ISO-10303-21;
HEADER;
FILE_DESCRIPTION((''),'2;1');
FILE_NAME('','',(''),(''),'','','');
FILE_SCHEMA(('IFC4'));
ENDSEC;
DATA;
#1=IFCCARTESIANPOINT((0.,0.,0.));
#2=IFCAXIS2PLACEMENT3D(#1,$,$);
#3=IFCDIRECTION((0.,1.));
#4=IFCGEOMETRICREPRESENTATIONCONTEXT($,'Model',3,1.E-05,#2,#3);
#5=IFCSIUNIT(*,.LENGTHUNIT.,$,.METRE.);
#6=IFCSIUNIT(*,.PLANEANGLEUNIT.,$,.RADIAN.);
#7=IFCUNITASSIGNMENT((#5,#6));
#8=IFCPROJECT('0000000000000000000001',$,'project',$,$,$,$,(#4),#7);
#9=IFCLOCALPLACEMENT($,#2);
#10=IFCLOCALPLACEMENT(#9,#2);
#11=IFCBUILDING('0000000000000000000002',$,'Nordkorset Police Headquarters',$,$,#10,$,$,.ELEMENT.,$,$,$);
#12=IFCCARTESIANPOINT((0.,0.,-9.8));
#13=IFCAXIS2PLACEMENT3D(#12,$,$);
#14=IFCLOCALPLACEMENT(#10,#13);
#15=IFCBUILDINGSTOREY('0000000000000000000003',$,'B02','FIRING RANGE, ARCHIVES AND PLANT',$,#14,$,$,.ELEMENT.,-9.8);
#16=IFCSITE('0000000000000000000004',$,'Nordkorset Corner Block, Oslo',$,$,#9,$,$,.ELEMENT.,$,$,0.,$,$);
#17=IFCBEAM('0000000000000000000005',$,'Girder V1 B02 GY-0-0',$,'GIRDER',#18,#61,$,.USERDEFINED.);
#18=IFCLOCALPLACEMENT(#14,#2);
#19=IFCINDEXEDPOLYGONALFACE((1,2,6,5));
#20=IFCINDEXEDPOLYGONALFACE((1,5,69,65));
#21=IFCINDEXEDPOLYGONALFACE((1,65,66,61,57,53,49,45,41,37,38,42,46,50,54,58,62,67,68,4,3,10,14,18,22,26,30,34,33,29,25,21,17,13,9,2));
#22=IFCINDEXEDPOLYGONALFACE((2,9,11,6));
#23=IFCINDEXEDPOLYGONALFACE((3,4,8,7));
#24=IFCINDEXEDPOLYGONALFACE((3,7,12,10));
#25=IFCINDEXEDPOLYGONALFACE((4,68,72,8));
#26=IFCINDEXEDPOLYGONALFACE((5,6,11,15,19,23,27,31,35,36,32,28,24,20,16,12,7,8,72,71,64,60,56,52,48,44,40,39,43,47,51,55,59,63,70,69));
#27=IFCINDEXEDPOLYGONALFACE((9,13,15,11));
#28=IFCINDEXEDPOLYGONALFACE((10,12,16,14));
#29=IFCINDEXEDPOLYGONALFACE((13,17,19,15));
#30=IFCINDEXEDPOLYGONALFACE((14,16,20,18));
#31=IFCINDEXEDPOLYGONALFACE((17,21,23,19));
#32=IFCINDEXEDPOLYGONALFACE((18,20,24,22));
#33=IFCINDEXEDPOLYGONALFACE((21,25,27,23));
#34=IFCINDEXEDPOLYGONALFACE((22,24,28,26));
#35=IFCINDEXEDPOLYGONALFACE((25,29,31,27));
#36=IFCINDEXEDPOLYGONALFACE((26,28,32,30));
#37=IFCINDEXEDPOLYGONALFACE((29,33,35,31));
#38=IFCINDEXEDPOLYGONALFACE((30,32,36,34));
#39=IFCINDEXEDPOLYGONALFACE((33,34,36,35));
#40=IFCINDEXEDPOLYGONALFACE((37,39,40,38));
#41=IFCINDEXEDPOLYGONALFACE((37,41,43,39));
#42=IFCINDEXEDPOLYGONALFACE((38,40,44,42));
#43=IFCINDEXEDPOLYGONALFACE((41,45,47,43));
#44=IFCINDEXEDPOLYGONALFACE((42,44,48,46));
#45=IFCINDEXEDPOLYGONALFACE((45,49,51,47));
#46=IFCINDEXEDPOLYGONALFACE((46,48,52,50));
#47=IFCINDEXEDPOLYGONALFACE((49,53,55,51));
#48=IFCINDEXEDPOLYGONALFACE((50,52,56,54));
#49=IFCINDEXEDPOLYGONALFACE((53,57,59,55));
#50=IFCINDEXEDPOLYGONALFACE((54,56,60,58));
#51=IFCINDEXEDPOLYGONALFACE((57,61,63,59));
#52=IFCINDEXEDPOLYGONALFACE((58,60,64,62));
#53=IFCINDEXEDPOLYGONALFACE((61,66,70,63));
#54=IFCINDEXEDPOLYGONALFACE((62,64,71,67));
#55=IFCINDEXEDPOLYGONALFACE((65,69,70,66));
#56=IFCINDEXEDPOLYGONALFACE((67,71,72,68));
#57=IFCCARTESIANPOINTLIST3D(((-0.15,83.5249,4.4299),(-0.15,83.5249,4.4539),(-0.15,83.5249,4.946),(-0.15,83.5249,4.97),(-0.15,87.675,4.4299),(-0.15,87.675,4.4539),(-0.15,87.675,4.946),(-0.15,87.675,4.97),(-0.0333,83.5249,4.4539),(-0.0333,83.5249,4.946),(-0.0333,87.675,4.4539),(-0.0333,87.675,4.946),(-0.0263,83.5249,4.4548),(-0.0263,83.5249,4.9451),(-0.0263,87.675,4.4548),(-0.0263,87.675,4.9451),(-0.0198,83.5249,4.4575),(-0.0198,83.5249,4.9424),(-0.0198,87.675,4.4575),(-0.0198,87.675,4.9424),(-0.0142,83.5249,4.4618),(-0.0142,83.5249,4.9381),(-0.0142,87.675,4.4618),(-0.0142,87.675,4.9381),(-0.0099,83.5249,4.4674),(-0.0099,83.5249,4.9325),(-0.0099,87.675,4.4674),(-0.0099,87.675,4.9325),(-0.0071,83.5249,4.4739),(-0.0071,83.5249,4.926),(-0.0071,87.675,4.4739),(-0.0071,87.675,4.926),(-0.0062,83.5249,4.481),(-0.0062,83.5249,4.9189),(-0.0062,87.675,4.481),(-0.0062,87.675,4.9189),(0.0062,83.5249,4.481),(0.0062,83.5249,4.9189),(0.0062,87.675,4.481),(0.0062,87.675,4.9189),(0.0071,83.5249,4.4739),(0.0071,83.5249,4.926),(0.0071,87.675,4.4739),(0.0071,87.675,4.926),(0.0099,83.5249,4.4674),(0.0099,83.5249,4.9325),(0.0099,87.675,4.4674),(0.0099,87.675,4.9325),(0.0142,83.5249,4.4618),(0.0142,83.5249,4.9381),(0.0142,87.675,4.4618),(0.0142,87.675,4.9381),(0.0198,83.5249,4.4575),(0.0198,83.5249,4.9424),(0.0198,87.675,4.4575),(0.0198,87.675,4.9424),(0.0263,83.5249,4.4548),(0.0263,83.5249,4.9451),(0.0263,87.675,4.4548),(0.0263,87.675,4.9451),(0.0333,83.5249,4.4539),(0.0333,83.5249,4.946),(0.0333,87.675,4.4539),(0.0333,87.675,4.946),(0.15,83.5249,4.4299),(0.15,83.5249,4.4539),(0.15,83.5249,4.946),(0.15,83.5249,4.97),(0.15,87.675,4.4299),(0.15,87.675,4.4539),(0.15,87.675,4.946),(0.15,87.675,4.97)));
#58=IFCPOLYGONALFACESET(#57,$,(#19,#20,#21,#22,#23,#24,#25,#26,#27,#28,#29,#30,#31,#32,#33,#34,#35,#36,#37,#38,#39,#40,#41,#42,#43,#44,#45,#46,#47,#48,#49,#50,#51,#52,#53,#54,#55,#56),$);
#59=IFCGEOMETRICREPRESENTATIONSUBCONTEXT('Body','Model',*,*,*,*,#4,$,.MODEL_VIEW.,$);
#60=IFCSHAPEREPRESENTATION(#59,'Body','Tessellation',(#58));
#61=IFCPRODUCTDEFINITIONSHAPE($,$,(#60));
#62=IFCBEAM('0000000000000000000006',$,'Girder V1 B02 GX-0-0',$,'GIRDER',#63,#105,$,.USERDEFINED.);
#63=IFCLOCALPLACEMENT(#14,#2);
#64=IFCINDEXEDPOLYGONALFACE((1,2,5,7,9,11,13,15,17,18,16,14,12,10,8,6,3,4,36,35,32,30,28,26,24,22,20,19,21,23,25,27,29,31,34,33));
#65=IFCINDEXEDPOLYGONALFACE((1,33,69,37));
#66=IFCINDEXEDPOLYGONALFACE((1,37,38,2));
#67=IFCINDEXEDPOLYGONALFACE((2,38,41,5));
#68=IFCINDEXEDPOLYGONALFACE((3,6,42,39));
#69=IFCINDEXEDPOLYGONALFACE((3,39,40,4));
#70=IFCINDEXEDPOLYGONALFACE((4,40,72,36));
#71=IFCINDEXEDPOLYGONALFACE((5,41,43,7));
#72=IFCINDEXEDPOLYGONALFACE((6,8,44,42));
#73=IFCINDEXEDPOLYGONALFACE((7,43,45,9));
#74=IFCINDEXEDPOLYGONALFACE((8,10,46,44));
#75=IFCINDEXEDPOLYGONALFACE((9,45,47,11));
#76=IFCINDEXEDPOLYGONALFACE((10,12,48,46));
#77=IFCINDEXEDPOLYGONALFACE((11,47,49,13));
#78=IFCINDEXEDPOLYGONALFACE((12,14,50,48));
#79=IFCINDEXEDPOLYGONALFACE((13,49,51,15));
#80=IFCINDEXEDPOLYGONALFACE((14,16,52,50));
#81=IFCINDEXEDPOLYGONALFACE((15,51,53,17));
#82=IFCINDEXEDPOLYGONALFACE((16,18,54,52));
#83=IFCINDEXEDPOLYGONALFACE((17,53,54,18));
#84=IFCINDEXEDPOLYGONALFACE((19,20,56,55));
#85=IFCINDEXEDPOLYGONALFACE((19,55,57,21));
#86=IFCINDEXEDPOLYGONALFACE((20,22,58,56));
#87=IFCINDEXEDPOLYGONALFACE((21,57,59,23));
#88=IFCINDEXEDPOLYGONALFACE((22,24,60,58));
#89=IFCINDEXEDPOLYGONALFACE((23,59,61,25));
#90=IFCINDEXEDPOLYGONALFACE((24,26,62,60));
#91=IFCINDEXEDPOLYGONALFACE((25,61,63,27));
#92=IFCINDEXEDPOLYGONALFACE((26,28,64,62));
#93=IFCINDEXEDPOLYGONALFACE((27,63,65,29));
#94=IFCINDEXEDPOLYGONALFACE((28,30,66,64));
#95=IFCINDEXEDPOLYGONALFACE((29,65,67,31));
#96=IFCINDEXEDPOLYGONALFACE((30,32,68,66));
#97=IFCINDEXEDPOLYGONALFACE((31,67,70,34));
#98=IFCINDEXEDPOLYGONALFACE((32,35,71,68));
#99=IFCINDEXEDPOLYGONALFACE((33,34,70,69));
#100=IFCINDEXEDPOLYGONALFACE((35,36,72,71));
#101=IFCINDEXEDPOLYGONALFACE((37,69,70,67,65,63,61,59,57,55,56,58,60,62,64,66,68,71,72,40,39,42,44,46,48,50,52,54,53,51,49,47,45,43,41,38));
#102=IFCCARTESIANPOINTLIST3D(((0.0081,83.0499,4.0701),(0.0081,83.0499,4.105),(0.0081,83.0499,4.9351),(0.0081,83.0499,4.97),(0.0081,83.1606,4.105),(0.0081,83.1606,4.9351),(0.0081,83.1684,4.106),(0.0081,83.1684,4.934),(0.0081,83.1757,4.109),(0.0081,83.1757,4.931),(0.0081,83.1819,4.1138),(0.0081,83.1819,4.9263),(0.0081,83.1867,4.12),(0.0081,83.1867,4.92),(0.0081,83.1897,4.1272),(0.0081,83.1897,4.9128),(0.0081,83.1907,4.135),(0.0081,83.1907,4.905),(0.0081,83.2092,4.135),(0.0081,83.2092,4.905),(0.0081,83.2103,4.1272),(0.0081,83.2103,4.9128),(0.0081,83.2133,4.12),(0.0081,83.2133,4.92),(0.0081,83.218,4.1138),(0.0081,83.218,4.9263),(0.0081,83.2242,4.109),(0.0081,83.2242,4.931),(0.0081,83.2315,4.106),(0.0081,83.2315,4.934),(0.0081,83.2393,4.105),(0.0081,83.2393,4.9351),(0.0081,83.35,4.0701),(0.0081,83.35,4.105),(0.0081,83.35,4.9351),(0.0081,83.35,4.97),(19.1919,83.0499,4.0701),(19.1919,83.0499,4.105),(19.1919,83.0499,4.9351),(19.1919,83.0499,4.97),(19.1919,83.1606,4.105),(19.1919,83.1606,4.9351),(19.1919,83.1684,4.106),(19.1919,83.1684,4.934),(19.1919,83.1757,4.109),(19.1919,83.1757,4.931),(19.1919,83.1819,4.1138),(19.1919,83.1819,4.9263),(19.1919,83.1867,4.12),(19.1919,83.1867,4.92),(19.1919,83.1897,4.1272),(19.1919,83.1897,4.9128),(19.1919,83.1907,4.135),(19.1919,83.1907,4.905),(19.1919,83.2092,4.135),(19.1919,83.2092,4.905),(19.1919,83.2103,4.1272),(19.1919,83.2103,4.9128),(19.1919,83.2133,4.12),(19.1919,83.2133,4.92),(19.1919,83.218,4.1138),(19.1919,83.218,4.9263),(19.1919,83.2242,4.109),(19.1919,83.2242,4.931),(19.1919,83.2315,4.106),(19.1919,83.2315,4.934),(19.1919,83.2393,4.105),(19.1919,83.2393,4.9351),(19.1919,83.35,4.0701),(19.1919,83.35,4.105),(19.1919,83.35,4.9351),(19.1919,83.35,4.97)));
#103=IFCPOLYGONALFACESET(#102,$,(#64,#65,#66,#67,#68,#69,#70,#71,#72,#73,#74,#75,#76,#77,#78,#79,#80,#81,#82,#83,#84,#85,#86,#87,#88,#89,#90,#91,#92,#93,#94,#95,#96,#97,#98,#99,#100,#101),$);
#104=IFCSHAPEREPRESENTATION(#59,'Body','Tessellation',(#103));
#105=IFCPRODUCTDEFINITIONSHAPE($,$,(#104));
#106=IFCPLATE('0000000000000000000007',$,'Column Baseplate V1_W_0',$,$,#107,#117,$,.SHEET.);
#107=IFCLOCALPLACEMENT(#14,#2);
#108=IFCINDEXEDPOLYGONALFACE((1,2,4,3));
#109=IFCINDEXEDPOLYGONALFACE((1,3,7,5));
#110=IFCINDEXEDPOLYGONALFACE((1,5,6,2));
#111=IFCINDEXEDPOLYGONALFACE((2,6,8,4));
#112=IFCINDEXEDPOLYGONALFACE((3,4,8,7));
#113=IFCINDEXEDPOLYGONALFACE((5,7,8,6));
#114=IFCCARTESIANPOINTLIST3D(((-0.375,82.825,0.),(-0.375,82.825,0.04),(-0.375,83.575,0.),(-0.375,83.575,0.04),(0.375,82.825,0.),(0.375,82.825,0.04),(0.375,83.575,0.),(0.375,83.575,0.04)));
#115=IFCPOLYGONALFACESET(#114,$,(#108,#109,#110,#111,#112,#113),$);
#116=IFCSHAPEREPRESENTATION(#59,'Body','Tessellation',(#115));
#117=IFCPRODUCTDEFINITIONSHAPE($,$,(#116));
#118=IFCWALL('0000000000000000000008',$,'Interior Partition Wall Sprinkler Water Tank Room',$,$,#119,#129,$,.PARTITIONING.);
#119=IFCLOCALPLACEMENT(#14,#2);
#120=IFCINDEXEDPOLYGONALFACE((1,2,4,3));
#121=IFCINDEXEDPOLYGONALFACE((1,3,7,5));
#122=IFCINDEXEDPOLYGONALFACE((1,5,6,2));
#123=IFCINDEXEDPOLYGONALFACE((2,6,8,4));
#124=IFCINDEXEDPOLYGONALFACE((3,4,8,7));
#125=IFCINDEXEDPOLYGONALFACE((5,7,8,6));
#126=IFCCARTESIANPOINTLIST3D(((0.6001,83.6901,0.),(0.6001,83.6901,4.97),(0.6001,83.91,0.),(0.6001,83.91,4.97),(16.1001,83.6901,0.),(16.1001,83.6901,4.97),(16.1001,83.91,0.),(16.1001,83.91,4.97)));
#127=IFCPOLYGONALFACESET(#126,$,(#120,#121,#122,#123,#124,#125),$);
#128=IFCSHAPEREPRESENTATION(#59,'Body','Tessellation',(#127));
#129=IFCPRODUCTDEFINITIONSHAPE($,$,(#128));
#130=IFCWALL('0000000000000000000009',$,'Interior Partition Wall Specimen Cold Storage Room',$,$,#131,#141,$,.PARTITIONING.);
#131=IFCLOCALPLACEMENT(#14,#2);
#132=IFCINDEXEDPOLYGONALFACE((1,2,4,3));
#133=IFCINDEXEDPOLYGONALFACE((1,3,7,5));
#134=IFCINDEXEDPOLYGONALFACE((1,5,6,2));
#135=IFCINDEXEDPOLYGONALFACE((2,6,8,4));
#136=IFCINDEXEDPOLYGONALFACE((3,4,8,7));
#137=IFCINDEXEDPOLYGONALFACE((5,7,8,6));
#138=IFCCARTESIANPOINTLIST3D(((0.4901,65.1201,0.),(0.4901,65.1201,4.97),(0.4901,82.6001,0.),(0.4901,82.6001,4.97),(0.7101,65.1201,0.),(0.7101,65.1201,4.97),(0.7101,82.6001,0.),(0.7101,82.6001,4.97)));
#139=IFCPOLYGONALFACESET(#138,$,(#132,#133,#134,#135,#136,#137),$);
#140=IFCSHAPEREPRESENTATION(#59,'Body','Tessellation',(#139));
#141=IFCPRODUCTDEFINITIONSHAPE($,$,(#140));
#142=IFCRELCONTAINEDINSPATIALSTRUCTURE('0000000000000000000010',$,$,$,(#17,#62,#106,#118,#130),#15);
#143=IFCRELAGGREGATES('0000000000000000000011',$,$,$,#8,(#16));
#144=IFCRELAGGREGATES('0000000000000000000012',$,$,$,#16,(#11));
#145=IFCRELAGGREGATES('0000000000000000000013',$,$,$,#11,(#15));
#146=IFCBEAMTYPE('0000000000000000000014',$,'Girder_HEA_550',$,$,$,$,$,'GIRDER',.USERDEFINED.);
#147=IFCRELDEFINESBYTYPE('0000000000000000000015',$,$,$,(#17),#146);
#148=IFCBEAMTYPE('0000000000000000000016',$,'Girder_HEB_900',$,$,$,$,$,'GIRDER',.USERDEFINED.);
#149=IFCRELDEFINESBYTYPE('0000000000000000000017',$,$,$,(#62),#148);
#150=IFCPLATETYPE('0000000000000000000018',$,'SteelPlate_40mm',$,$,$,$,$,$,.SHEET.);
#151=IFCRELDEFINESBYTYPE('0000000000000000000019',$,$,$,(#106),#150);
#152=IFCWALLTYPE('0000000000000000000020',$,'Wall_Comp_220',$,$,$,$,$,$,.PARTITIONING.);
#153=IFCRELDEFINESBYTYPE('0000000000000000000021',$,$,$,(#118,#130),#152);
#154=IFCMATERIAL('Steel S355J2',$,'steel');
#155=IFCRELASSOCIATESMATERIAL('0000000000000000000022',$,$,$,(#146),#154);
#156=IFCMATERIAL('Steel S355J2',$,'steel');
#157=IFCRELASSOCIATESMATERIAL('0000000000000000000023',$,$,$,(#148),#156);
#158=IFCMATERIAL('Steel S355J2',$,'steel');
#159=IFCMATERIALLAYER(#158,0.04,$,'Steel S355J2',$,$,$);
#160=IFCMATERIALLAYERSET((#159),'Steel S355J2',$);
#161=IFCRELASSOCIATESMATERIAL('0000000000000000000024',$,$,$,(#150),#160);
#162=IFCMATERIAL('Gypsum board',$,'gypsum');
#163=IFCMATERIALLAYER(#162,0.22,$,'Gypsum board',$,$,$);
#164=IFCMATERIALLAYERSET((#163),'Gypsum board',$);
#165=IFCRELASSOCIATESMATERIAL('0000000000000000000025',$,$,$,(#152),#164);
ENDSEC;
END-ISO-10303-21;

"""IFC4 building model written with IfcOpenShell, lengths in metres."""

from ifc_helpers import new_model, si_unit, direction, frame, frame_2d, origin, origin_2d, place, context, subcontext, project, spatial, rectangle, i_section, extrude, material, layer, layer_set, material_profile, profile_set, type_object, element, save


model = new_model("IFC4")

# Units and contexts
model_context = context("Model", 3, precision=1e-05, world=origin(), true_north=direction((0.0, 1.0)))
body_context = subcontext(model_context, "Body", "Model", "MODEL_VIEW")
ifc_project = project(units=[si_unit("LENGTHUNIT", "METRE"), si_unit("PLANEANGLEUNIT", "RADIAN")], contexts=[model_context])

# Site, building, storey
site_placement = place(None, origin())
site = spatial("IfcSite", under=ifc_project, at=site_placement, Name="Nordkorset Corner Block, Oslo", CompositionType="ELEMENT", RefElevation=0.0)
building_placement = place(site_placement, origin())
building = spatial("IfcBuilding", under=site, at=building_placement, Name="Nordkorset Police Headquarters", CompositionType="ELEMENT")
storey_placement = place(building_placement, frame((0.0, 0.0, -9.8)))
storey = spatial("IfcBuildingStorey", under=building, at=storey_placement, Name="B02", Description="FIRING RANGE, ARCHIVES AND PLANT", CompositionType="ELEMENT", Elevation=-9.8)

# Beams
ifc_material_1 = material(Name="Steel S355J2", Category="steel")
ifc_material_profile_1 = material_profile(ifc_material_1, i_section(OverallWidth=0.3, OverallDepth=0.54, WebThickness=0.0125, FlangeThickness=0.0239, FilletRadius=0.0271, at=origin_2d()), Name="HEA 550")
ifc_profile_set_1 = profile_set([ifc_material_profile_1], Name="Steel S355J2")
beam_type_1 = type_object("IfcBeamType", Name="Girder_HEA_550", ElementType="GIRDER", PredefinedType="USERDEFINED", material=ifc_profile_set_1)
beam_1_placement = place(storey_placement, frame((0.0, 83.5249, 4.7), z_axis=(0.0, 1.0, 0.0), x_axis=(-1.0, 0.0, 0.0)))
element("IfcBeam", 1, at=beam_1_placement, inside=storey, type_object=beam_type_1, Name="Girder V1 B02 GY-0-0", ObjectType="GIRDER", PredefinedType="USERDEFINED", context=body_context, shape_type="SweptSolid", body=[
    extrude(i_section(OverallWidth=0.3, OverallDepth=0.54, WebThickness=0.0125, FlangeThickness=0.0239, FilletRadius=0.0271, at=origin_2d()), origin(), (0.0, 0.0, 1.0), 4.1501),
])
ifc_material_2 = material(Name="Steel S355J2", Category="steel")
ifc_material_profile_2 = material_profile(ifc_material_2, i_section(OverallWidth=0.3, OverallDepth=0.8999, WebThickness=0.0186, FlangeThickness=0.0349, FilletRadius=0.03, at=origin_2d()), Name="HEB 900")
ifc_profile_set_2 = profile_set([ifc_material_profile_2], Name="Steel S355J2")
beam_type_2 = type_object("IfcBeamType", Name="Girder_HEB_900", ElementType="GIRDER", PredefinedType="USERDEFINED", material=ifc_profile_set_2)
beam_2_placement = place(storey_placement, frame((0.0081, 83.2, 4.52), z_axis=(1.0, 0.0, 0.0), x_axis=(0.0, 1.0, 0.0)))
element("IfcBeam", 2, at=beam_2_placement, inside=storey, type_object=beam_type_2, Name="Girder V1 B02 GX-0-0", ObjectType="GIRDER", PredefinedType="USERDEFINED", context=body_context, shape_type="SweptSolid", body=[
    extrude(i_section(OverallWidth=0.3, OverallDepth=0.8999, WebThickness=0.0186, FlangeThickness=0.0349, FilletRadius=0.03, at=origin_2d()), origin(), (0.0, 0.0, 1.0), 19.1838),
])

# Plate
ifc_material_3 = material(Name="Steel S355J2", Category="steel")
ifc_layer_1 = layer(ifc_material_3, 0.04, Name="Steel S355J2")
ifc_layer_set_1 = layer_set([ifc_layer_1], Name="Steel S355J2")
plate_type = type_object("IfcPlateType", Name="SteelPlate_40mm", PredefinedType="SHEET", material=ifc_layer_set_1)
plate_placement = place(storey_placement, frame((0.0, 83.2, 0.0), z_axis=(0.0, 0.0, 1.0), x_axis=(1.0, 0.0, 0.0)))
element("IfcPlate", 3, at=plate_placement, inside=storey, type_object=plate_type, Name="Column Baseplate V1_W_0", PredefinedType="SHEET", context=body_context, shape_type="SweptSolid", body=[
    extrude(rectangle(XDim=0.75, YDim=0.75, at=origin_2d()), origin(), (0.0, 0.0, 1.0), 0.04),
])

# Walls
ifc_material_4 = material(Name="Gypsum board", Category="gypsum")
ifc_layer_2 = layer(ifc_material_4, 0.22, Name="Gypsum board")
ifc_layer_set_2 = layer_set([ifc_layer_2], Name="Gypsum board")
wall_type = type_object("IfcWallType", Name="Wall_Comp_220", PredefinedType="PARTITIONING", material=ifc_layer_set_2)
wall_1_placement = place(storey_placement, frame((0.6001, 83.8, 0.0), z_axis=(0.0, 0.0, 1.0), x_axis=(1.0, 0.0, 0.0)))
element("IfcWall", 4, at=wall_1_placement, inside=storey, type_object=wall_type, Name="Interior Partition Wall Sprinkler Water Tank Room", PredefinedType="PARTITIONING", context=body_context, shape_type="SweptSolid", body=[
    extrude(rectangle(XDim=15.5, YDim=0.22, at=frame_2d((7.75, 0.0))), origin(), (0.0, 0.0, 1.0), 4.97),
])
wall_2_placement = place(storey_placement, frame((0.6001, 82.6001, 0.0), z_axis=(0.0, 0.0, 1.0), x_axis=(0.0, -1.0, 0.0)))
element("IfcWall", 5, at=wall_2_placement, inside=storey, type_object=wall_type, Name="Interior Partition Wall Specimen Cold Storage Room", PredefinedType="PARTITIONING", context=body_context, shape_type="SweptSolid", body=[
    extrude(rectangle(XDim=17.48, YDim=0.22, at=frame_2d((8.74, 0.0))), origin(), (0.0, 0.0, 1.0), 4.97),
])

save(model, "model.ifc")
